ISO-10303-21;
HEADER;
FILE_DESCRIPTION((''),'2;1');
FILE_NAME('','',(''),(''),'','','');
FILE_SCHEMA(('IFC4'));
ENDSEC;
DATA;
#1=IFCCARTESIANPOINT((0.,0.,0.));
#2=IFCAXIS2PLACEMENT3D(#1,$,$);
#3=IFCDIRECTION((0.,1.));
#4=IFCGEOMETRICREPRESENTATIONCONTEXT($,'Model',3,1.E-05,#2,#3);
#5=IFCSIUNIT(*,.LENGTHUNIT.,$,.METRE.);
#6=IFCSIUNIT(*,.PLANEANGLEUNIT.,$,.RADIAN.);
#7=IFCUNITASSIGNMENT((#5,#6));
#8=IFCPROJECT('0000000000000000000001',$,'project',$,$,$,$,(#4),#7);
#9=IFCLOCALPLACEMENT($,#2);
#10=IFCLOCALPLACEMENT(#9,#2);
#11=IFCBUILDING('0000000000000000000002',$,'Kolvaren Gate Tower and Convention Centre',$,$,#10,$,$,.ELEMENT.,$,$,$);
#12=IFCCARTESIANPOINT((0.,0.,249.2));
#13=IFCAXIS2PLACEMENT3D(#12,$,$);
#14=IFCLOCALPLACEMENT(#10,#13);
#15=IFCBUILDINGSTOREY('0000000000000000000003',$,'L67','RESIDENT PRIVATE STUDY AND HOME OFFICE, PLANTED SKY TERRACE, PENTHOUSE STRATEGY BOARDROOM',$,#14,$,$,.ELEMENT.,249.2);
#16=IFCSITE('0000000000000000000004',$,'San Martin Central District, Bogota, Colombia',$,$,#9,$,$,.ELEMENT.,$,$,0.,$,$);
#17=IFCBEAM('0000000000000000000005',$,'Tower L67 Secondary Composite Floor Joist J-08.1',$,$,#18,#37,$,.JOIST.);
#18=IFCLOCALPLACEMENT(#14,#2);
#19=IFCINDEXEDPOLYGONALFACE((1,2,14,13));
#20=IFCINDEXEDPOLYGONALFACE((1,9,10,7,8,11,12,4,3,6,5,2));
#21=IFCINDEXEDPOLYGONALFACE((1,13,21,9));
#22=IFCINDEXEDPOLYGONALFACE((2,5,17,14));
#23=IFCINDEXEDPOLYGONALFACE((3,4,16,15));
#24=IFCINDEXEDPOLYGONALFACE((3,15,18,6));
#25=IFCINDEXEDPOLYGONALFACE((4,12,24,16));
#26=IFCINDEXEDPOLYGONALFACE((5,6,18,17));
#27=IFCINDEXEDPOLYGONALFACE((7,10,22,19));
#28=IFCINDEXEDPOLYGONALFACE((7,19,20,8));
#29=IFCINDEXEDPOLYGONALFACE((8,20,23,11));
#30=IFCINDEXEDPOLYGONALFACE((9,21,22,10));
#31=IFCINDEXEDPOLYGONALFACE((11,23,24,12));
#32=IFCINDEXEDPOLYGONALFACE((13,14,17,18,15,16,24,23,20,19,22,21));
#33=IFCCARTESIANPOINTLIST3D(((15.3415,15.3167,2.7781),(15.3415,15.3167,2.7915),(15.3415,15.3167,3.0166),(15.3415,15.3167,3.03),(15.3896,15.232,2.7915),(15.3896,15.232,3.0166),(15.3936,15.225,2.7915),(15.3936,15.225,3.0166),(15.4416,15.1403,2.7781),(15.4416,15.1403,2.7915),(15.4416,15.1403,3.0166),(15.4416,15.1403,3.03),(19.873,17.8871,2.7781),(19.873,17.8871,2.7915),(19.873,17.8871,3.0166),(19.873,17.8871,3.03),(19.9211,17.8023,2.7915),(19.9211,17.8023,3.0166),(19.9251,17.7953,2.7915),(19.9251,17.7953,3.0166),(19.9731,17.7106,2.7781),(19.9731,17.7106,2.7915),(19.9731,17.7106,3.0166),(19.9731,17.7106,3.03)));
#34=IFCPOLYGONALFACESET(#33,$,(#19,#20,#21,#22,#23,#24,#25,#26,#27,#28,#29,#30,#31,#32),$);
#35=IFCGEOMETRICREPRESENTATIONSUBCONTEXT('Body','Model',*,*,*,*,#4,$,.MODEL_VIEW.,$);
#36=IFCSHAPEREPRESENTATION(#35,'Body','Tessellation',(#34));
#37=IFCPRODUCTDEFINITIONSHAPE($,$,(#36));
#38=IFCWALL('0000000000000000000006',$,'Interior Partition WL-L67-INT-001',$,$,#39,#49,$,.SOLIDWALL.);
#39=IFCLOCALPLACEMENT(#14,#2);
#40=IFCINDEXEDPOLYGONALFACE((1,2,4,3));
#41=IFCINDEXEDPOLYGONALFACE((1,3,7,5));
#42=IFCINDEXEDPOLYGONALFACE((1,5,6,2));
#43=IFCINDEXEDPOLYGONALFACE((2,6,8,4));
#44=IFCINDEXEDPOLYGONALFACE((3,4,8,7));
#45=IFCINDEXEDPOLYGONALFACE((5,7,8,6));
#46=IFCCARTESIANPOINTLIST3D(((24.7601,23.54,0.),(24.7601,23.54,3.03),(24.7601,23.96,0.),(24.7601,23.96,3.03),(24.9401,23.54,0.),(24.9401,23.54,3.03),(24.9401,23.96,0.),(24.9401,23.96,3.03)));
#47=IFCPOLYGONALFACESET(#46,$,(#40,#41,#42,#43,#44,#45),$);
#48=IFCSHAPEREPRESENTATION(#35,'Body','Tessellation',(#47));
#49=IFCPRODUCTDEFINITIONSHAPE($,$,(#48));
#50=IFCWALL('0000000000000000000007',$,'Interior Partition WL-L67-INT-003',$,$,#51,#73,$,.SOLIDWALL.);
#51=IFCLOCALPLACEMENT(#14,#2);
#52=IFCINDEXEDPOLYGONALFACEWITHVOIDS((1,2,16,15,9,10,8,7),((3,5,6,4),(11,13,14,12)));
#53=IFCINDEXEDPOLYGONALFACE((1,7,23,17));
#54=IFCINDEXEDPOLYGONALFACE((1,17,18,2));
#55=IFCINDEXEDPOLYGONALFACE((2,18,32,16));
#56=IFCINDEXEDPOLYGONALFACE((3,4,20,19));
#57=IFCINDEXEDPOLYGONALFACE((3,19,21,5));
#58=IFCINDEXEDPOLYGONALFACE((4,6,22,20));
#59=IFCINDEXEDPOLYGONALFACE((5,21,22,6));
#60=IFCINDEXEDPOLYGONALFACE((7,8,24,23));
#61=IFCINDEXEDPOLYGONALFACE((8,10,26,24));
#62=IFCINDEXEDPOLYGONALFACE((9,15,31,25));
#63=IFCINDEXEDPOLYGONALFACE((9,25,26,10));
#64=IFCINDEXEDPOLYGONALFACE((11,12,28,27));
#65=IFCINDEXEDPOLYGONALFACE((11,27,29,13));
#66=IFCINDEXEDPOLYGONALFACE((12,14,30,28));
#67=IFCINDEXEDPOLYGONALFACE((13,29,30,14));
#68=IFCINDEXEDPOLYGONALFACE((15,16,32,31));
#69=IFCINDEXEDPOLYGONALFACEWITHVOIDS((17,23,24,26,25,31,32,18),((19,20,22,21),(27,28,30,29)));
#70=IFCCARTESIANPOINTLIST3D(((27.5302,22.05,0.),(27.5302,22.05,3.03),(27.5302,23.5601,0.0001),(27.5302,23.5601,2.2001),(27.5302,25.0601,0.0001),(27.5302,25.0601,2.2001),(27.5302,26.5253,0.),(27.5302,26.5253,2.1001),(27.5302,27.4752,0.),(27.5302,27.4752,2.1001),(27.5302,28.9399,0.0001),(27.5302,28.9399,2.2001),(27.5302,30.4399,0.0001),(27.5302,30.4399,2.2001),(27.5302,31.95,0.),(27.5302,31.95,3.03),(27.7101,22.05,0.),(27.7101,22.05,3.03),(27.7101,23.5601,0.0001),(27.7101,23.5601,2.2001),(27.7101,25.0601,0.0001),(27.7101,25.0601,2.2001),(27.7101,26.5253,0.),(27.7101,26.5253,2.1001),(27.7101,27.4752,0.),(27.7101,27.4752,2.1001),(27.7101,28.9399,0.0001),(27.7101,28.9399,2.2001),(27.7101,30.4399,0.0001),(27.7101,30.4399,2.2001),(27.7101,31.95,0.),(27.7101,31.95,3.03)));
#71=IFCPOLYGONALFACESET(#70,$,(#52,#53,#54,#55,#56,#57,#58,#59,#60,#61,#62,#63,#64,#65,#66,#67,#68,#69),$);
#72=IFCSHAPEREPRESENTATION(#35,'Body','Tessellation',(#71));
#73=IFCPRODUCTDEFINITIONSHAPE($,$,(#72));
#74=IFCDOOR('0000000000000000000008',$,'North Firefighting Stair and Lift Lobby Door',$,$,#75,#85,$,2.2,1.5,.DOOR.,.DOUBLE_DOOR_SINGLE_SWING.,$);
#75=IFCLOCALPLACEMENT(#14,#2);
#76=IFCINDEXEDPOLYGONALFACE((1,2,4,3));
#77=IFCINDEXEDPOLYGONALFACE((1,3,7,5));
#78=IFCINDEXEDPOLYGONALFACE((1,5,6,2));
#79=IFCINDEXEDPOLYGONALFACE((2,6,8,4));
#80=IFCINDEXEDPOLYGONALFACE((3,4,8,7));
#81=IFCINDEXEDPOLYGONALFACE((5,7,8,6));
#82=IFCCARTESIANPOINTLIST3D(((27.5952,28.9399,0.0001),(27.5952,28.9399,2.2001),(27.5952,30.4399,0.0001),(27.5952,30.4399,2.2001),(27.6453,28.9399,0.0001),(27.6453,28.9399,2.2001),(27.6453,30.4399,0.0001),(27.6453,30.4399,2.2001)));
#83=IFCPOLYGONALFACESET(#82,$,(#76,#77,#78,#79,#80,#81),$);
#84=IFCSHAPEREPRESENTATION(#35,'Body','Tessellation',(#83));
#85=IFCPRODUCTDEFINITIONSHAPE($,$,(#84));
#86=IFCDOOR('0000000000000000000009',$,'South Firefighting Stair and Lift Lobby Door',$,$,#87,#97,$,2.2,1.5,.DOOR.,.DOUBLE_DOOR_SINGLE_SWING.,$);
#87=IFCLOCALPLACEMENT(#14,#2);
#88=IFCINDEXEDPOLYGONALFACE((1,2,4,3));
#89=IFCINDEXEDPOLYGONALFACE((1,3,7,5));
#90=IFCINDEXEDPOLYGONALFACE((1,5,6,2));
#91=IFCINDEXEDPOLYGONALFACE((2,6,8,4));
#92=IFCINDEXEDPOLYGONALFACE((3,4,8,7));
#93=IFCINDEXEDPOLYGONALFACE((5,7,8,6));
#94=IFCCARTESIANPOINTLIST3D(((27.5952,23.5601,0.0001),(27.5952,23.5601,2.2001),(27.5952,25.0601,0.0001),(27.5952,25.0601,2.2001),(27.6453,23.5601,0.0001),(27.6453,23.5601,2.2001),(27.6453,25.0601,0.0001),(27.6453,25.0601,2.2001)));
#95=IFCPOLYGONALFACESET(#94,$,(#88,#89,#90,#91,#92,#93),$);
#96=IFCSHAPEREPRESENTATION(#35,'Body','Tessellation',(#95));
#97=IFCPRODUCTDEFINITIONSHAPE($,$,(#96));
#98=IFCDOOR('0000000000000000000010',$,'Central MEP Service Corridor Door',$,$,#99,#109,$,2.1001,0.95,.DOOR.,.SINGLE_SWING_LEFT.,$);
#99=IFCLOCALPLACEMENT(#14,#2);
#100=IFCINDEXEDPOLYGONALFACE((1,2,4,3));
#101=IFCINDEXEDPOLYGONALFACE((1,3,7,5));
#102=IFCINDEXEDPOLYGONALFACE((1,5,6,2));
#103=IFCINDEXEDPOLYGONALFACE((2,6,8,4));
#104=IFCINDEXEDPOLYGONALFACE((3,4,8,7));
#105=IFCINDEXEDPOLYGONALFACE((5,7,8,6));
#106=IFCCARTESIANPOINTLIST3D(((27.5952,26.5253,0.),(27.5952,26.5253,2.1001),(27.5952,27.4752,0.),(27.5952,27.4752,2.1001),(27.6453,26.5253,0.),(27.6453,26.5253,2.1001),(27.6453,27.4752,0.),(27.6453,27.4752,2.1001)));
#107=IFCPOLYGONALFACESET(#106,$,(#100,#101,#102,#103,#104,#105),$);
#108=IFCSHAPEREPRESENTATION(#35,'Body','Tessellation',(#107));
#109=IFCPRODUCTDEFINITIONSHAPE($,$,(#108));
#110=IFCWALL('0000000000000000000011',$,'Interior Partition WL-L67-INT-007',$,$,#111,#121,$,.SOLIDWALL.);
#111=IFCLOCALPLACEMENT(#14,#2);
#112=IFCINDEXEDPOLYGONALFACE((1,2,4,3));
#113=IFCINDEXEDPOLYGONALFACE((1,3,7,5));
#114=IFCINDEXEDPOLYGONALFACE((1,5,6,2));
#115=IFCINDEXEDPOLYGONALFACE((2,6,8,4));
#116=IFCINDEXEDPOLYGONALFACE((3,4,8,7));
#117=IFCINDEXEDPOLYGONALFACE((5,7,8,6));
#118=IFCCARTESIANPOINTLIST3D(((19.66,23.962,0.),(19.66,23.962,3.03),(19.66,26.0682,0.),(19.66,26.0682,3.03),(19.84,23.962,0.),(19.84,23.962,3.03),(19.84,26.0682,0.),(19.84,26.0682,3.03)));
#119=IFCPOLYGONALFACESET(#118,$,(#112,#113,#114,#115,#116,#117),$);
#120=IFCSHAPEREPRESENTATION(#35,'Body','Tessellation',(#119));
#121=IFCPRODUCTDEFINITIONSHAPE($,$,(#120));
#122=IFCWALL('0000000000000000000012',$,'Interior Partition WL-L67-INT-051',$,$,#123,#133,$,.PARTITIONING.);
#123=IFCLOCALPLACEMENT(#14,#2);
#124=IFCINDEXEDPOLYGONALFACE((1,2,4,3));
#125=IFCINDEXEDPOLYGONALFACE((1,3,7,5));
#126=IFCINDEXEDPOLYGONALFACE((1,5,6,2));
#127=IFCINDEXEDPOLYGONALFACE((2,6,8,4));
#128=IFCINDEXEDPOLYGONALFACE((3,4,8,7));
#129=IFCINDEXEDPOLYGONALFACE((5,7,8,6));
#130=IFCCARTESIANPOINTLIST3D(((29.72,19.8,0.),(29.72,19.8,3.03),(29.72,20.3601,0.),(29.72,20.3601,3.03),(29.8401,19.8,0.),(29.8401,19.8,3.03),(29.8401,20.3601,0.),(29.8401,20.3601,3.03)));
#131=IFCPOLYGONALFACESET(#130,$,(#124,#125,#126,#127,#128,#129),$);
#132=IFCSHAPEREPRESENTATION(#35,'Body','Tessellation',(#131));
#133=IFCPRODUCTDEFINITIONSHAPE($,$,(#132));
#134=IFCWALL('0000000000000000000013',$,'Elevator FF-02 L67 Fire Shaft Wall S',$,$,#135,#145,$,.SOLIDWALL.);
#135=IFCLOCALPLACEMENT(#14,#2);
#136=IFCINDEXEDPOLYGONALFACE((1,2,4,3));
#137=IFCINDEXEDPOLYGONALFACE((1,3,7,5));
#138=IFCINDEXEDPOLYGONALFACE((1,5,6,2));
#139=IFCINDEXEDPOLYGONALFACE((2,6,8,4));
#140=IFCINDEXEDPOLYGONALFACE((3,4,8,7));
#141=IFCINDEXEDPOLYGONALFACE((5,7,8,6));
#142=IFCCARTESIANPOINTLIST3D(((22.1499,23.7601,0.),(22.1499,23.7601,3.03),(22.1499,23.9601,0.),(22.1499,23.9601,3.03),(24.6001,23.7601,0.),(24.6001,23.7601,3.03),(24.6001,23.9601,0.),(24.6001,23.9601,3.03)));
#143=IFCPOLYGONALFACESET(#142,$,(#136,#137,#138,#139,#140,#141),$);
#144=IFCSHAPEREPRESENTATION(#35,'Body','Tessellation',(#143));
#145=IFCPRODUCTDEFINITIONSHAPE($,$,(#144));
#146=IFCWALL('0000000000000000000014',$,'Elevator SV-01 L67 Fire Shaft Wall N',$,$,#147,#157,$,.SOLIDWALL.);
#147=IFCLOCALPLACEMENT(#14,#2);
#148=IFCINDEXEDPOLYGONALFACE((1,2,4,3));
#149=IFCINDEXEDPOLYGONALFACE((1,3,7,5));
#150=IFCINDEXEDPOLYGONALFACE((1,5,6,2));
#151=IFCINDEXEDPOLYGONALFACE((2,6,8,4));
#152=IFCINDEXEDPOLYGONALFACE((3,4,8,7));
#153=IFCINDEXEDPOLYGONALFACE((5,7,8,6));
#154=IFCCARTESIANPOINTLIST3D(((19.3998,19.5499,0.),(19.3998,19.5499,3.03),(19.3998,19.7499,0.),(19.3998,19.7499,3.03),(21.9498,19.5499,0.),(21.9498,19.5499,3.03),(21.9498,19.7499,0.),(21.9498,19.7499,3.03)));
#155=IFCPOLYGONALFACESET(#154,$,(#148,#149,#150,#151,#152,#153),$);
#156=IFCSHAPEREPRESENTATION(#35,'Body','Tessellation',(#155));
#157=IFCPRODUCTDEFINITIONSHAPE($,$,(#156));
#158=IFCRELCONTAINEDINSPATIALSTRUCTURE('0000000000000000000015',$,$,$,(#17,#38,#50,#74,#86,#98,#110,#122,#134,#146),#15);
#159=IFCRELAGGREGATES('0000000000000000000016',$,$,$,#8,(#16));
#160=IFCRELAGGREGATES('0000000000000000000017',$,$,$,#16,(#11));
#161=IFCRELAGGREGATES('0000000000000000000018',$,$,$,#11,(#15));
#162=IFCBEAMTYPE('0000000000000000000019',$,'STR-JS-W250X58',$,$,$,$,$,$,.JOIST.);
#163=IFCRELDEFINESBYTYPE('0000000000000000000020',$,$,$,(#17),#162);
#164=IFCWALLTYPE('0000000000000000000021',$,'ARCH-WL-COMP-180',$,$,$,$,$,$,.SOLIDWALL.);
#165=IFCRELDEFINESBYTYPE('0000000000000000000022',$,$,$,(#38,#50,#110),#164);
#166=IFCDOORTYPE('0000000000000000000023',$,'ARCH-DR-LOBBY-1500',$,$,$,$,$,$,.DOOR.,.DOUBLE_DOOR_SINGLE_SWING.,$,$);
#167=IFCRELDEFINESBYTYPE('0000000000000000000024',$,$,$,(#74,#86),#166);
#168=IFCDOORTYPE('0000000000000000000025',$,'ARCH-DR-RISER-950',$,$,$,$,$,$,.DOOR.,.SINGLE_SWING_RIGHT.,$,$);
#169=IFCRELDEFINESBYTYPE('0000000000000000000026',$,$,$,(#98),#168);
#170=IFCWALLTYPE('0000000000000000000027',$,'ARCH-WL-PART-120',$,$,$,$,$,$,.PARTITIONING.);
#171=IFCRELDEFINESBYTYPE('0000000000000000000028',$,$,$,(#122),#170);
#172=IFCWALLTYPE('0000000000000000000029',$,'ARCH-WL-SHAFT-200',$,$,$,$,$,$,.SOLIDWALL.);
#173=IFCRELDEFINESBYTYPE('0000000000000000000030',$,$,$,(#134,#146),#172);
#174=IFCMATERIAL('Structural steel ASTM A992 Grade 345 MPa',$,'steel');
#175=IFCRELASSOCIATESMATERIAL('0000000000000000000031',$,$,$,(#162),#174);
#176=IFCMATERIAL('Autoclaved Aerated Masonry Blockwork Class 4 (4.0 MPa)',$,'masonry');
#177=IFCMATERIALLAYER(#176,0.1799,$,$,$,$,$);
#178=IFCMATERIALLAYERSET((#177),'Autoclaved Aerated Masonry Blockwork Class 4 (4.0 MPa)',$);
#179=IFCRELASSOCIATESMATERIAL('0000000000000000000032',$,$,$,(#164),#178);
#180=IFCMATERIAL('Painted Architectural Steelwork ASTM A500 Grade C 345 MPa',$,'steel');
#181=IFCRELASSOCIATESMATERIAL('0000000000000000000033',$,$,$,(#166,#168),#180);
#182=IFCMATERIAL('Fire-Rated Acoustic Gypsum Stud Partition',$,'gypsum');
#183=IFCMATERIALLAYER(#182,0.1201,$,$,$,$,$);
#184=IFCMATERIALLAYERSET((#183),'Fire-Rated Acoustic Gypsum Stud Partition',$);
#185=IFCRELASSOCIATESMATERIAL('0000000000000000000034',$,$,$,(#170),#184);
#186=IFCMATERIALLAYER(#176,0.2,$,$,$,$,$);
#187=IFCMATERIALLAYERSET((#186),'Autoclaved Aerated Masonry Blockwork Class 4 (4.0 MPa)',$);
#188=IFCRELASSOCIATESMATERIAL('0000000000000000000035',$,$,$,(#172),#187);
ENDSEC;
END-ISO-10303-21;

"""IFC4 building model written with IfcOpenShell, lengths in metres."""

from ifc_helpers import new_model, si_unit, direction, frame, frame_2d, origin, origin_2d, place, context, subcontext, project, spatial, rectangle, i_section, extrude, material, layer, layer_set, material_profile, profile_set, type_object, element, fill, save


model = new_model("IFC4")

# Units and contexts
model_context = context("Model", 3, precision=1e-05, world=origin(), true_north=direction((0.0, 1.0)))
body_context = subcontext(model_context, "Body", "Model", "MODEL_VIEW")
ifc_project = project(units=[si_unit("LENGTHUNIT", "METRE"), si_unit("PLANEANGLEUNIT", "RADIAN")], contexts=[model_context])

# Site, building, storey
site_placement = place(None, origin())
site = spatial("IfcSite", under=ifc_project, at=site_placement, Name="San Martin Central District, Bogota, Colombia", CompositionType="ELEMENT", RefElevation=0.0)
building_placement = place(site_placement, origin())
building = spatial("IfcBuilding", under=site, at=building_placement, Name="Kolvaren Gate Tower and Convention Centre", CompositionType="ELEMENT")
storey_placement = place(building_placement, frame((0.0, 0.0, 249.2)))
storey = spatial("IfcBuildingStorey", under=building, at=storey_placement, Name="L67", Description="RESIDENT PRIVATE STUDY AND HOME OFFICE, PLANTED SKY TERRACE, PENTHOUSE STRATEGY BOARDROOM", CompositionType="ELEMENT", Elevation=249.2)

# Beam
ifc_material_1 = material(Name="Structural steel ASTM A992 Grade 345 MPa", Category="steel")
ifc_material_profile = material_profile(ifc_material_1, i_section(OverallWidth=0.2029, OverallDepth=0.252, WebThickness=0.0081, FlangeThickness=0.0134, at=origin_2d()), Name="W250X58")
ifc_profile_set = profile_set([ifc_material_profile], Name="Structural steel ASTM A992 Grade 345 MPa")
beam_type = type_object("IfcBeamType", Name="STR-JS-W250X58", PredefinedType="JOIST", material=ifc_profile_set)
beam_placement = place(storey_placement, frame((19.9231, 17.7988, 2.9041), z_axis=(-0.869819, -0.493371, 0.0), x_axis=(0.493371, -0.869819, 0.0)))
element("IfcBeam", 1, at=beam_placement, inside=storey, type_object=beam_type, Name="Tower L67 Secondary Composite Floor Joist J-08.1", PredefinedType="JOIST", context=body_context, shape_type="SweptSolid", body=[
    extrude(i_section(OverallWidth=0.2029, OverallDepth=0.252, WebThickness=0.0081, FlangeThickness=0.0134, at=origin_2d()), origin(), (0.0, 0.0, 1.0), 5.2097),
])

# Wall
ifc_material_2 = material(Name="Autoclaved Aerated Masonry Blockwork Class 4 (4.0 MPa)", Category="masonry")
ifc_layer_1 = layer(ifc_material_2, 0.1799)
ifc_layer_set_1 = layer_set([ifc_layer_1], Name="Autoclaved Aerated Masonry Blockwork Class 4 (4.0 MPa)")
wall_type_1 = type_object("IfcWallType", Name="ARCH-WL-COMP-180", PredefinedType="SOLIDWALL", material=ifc_layer_set_1)
wall_1_placement = place(storey_placement, frame((24.8501, 23.54, 0.0), z_axis=(0.0, 0.0, 1.0), x_axis=(0.0, 1.0, 0.0)))
element("IfcWall", 2, at=wall_1_placement, inside=storey, type_object=wall_type_1, Name="Interior Partition WL-L67-INT-001", PredefinedType="SOLIDWALL", context=body_context, shape_type="SweptSolid", body=[
    extrude(rectangle(XDim=0.4199, YDim=0.1799, at=frame_2d((0.21, 0.0))), origin(), (0.0, 0.0, 1.0), 3.03),
])

# Wall, openings, doors
wall_2_placement = place(storey_placement, frame((27.6201, 22.05, 0.0), z_axis=(0.0, 0.0, 1.0), x_axis=(0.0, 1.0, 0.0)))
wall_2 = element("IfcWall", 3, at=wall_2_placement, inside=storey, type_object=wall_type_1, Name="Interior Partition WL-L67-INT-003", PredefinedType="SOLIDWALL", context=body_context, shape_type="SweptSolid", body=[
    extrude(rectangle(XDim=9.8999, YDim=0.1799, at=frame_2d((4.95, 0.0))), origin(), (0.0, 0.0, 1.0), 3.03),
])
opening_1_placement = place(wall_2_placement, frame((4.4751, 0.0, 0.0)))
opening_1 = element("IfcOpeningElement", 4, at=opening_1_placement, cuts=wall_2, PredefinedType="OPENING", context=body_context, shape_type="SweptSolid", body=[
    extrude(rectangle(XDim=0.95, YDim=2.1001, at=frame_2d((0.4751, 1.05))), frame((0.0, 0.0999, 0.0), z_axis=(0.0, -1.0, 0.0), x_axis=(1.0, 0.0, 0.0)), (0.0, 0.0, 1.0), 0.2),
])
opening_2_placement = place(wall_2_placement, frame((6.8899, 0.0, 0.0)))
opening_2 = element("IfcOpeningElement", 5, at=opening_2_placement, cuts=wall_2, PredefinedType="OPENING", context=body_context, shape_type="SweptSolid", body=[
    extrude(rectangle(XDim=1.5, YDim=2.2, at=frame_2d((0.75, 1.1001))), frame((0.0, 0.0999, 0.0), z_axis=(0.0, -1.0, 0.0), x_axis=(1.0, 0.0, 0.0)), (0.0, 0.0, 1.0), 0.2),
])
opening_3_placement = place(wall_2_placement, frame((1.51, 0.0, 0.0)))
opening_3 = element("IfcOpeningElement", 6, at=opening_3_placement, cuts=wall_2, PredefinedType="OPENING", context=body_context, shape_type="SweptSolid", body=[
    extrude(rectangle(XDim=1.5, YDim=2.2, at=frame_2d((0.75, 1.1001))), frame((0.0, 0.0999, 0.0), z_axis=(0.0, -1.0, 0.0), x_axis=(1.0, 0.0, 0.0)), (0.0, 0.0, 1.0), 0.2),
])
ifc_material_3 = material(Name="Painted Architectural Steelwork ASTM A500 Grade C 345 MPa", Category="steel")
door_type_1 = type_object("IfcDoorType", Name="ARCH-DR-LOBBY-1500", OperationType="DOUBLE_DOOR_SINGLE_SWING", PredefinedType="DOOR", material=ifc_material_3)
door_1_placement = place(opening_2_placement, origin())
door_1 = element("IfcDoor", 7, at=door_1_placement, inside=storey, type_object=door_type_1, Name="North Firefighting Stair and Lift Lobby Door", OperationType="DOUBLE_DOOR_SINGLE_SWING", OverallHeight=2.2, OverallWidth=1.5, PredefinedType="DOOR", context=body_context, shape_type="SweptSolid", body=[
    extrude(rectangle(XDim=1.5, YDim=2.2, at=frame_2d((0.75, 1.1001))), frame((0.0, 0.0249, 0.0), z_axis=(0.0, -1.0, 0.0), x_axis=(1.0, 0.0, 0.0)), (0.0, 0.0, 1.0), 0.05),
])
fill(opening_2, door_1)
door_2_placement = place(opening_3_placement, origin())
door_2 = element("IfcDoor", 8, at=door_2_placement, inside=storey, type_object=door_type_1, Name="South Firefighting Stair and Lift Lobby Door", OperationType="DOUBLE_DOOR_SINGLE_SWING", OverallHeight=2.2, OverallWidth=1.5, PredefinedType="DOOR", context=body_context, shape_type="SweptSolid", body=[
    extrude(rectangle(XDim=1.5, YDim=2.2, at=frame_2d((0.75, 1.1001))), frame((0.0, 0.0249, 0.0), z_axis=(0.0, -1.0, 0.0), x_axis=(1.0, 0.0, 0.0)), (0.0, 0.0, 1.0), 0.05),
])
fill(opening_3, door_2)
door_type_2 = type_object("IfcDoorType", Name="ARCH-DR-RISER-950", OperationType="SINGLE_SWING_RIGHT", PredefinedType="DOOR", material=ifc_material_3)
door_3_placement = place(opening_1_placement, origin())
door_3 = element("IfcDoor", 9, at=door_3_placement, inside=storey, type_object=door_type_2, Name="Central MEP Service Corridor Door", OperationType="SINGLE_SWING_LEFT", OverallHeight=2.1001, OverallWidth=0.95, PredefinedType="DOOR", context=body_context, shape_type="SweptSolid", body=[
    extrude(rectangle(XDim=0.95, YDim=2.1001, at=frame_2d((0.4751, 1.05))), frame((0.0, 0.0249, 0.0), z_axis=(0.0, -1.0, 0.0), x_axis=(1.0, 0.0, 0.0)), (0.0, 0.0, 1.0), 0.05),
])
fill(opening_1, door_3)

# Walls
wall_3_placement = place(storey_placement, frame((19.75, 23.9619, 0.0), z_axis=(0.0, 0.0, 1.0), x_axis=(0.0, 1.0, 0.0)))
element("IfcWall", 10, at=wall_3_placement, inside=storey, type_object=wall_type_1, Name="Interior Partition WL-L67-INT-007", PredefinedType="SOLIDWALL", context=body_context, shape_type="SweptSolid", body=[
    extrude(rectangle(XDim=2.1062, YDim=0.1799, at=frame_2d((1.0532, 0.0))), origin(), (0.0, 0.0, 1.0), 3.03),
])
ifc_material_4 = material(Name="Fire-Rated Acoustic Gypsum Stud Partition", Category="gypsum")
ifc_layer_2 = layer(ifc_material_4, 0.1201)
ifc_layer_set_2 = layer_set([ifc_layer_2], Name="Fire-Rated Acoustic Gypsum Stud Partition")
wall_type_2 = type_object("IfcWallType", Name="ARCH-WL-PART-120", PredefinedType="PARTITIONING", material=ifc_layer_set_2)
wall_4_placement = place(storey_placement, frame((29.78, 19.8, 0.0), z_axis=(0.0, 0.0, 1.0), x_axis=(0.0, 1.0, 0.0)))
element("IfcWall", 11, at=wall_4_placement, inside=storey, type_object=wall_type_2, Name="Interior Partition WL-L67-INT-051", PredefinedType="PARTITIONING", context=body_context, shape_type="SweptSolid", body=[
    extrude(rectangle(XDim=0.5601, YDim=0.1201, at=frame_2d((0.28, 0.0))), origin(), (0.0, 0.0, 1.0), 3.03),
])
ifc_layer_3 = layer(ifc_material_2, 0.2)
ifc_layer_set_3 = layer_set([ifc_layer_3], Name="Autoclaved Aerated Masonry Blockwork Class 4 (4.0 MPa)")
wall_type_3 = type_object("IfcWallType", Name="ARCH-WL-SHAFT-200", PredefinedType="SOLIDWALL", material=ifc_layer_set_3)
wall_5_placement = place(storey_placement, frame((22.1499, 23.8601, 0.0), z_axis=(0.0, 0.0, 1.0), x_axis=(1.0, 0.0, 0.0)))
element("IfcWall", 12, at=wall_5_placement, inside=storey, type_object=wall_type_3, Name="Elevator FF-02 L67 Fire Shaft Wall S", PredefinedType="SOLIDWALL", context=body_context, shape_type="SweptSolid", body=[
    extrude(rectangle(XDim=2.4502, YDim=0.2, at=frame_2d((1.2251, 0.0))), origin(), (0.0, 0.0, 1.0), 3.03),
])
wall_6_placement = place(storey_placement, frame((19.3999, 19.6499, 0.0), z_axis=(0.0, 0.0, 1.0), x_axis=(1.0, 0.0, 0.0)))
element("IfcWall", 13, at=wall_6_placement, inside=storey, type_object=wall_type_3, Name="Elevator SV-01 L67 Fire Shaft Wall N", PredefinedType="SOLIDWALL", context=body_context, shape_type="SweptSolid", body=[
    extrude(rectangle(XDim=2.55, YDim=0.2, at=frame_2d((1.2749, 0.0))), origin(), (0.0, 0.0, 1.0), 3.03),
])

save(model, "model.ifc")
